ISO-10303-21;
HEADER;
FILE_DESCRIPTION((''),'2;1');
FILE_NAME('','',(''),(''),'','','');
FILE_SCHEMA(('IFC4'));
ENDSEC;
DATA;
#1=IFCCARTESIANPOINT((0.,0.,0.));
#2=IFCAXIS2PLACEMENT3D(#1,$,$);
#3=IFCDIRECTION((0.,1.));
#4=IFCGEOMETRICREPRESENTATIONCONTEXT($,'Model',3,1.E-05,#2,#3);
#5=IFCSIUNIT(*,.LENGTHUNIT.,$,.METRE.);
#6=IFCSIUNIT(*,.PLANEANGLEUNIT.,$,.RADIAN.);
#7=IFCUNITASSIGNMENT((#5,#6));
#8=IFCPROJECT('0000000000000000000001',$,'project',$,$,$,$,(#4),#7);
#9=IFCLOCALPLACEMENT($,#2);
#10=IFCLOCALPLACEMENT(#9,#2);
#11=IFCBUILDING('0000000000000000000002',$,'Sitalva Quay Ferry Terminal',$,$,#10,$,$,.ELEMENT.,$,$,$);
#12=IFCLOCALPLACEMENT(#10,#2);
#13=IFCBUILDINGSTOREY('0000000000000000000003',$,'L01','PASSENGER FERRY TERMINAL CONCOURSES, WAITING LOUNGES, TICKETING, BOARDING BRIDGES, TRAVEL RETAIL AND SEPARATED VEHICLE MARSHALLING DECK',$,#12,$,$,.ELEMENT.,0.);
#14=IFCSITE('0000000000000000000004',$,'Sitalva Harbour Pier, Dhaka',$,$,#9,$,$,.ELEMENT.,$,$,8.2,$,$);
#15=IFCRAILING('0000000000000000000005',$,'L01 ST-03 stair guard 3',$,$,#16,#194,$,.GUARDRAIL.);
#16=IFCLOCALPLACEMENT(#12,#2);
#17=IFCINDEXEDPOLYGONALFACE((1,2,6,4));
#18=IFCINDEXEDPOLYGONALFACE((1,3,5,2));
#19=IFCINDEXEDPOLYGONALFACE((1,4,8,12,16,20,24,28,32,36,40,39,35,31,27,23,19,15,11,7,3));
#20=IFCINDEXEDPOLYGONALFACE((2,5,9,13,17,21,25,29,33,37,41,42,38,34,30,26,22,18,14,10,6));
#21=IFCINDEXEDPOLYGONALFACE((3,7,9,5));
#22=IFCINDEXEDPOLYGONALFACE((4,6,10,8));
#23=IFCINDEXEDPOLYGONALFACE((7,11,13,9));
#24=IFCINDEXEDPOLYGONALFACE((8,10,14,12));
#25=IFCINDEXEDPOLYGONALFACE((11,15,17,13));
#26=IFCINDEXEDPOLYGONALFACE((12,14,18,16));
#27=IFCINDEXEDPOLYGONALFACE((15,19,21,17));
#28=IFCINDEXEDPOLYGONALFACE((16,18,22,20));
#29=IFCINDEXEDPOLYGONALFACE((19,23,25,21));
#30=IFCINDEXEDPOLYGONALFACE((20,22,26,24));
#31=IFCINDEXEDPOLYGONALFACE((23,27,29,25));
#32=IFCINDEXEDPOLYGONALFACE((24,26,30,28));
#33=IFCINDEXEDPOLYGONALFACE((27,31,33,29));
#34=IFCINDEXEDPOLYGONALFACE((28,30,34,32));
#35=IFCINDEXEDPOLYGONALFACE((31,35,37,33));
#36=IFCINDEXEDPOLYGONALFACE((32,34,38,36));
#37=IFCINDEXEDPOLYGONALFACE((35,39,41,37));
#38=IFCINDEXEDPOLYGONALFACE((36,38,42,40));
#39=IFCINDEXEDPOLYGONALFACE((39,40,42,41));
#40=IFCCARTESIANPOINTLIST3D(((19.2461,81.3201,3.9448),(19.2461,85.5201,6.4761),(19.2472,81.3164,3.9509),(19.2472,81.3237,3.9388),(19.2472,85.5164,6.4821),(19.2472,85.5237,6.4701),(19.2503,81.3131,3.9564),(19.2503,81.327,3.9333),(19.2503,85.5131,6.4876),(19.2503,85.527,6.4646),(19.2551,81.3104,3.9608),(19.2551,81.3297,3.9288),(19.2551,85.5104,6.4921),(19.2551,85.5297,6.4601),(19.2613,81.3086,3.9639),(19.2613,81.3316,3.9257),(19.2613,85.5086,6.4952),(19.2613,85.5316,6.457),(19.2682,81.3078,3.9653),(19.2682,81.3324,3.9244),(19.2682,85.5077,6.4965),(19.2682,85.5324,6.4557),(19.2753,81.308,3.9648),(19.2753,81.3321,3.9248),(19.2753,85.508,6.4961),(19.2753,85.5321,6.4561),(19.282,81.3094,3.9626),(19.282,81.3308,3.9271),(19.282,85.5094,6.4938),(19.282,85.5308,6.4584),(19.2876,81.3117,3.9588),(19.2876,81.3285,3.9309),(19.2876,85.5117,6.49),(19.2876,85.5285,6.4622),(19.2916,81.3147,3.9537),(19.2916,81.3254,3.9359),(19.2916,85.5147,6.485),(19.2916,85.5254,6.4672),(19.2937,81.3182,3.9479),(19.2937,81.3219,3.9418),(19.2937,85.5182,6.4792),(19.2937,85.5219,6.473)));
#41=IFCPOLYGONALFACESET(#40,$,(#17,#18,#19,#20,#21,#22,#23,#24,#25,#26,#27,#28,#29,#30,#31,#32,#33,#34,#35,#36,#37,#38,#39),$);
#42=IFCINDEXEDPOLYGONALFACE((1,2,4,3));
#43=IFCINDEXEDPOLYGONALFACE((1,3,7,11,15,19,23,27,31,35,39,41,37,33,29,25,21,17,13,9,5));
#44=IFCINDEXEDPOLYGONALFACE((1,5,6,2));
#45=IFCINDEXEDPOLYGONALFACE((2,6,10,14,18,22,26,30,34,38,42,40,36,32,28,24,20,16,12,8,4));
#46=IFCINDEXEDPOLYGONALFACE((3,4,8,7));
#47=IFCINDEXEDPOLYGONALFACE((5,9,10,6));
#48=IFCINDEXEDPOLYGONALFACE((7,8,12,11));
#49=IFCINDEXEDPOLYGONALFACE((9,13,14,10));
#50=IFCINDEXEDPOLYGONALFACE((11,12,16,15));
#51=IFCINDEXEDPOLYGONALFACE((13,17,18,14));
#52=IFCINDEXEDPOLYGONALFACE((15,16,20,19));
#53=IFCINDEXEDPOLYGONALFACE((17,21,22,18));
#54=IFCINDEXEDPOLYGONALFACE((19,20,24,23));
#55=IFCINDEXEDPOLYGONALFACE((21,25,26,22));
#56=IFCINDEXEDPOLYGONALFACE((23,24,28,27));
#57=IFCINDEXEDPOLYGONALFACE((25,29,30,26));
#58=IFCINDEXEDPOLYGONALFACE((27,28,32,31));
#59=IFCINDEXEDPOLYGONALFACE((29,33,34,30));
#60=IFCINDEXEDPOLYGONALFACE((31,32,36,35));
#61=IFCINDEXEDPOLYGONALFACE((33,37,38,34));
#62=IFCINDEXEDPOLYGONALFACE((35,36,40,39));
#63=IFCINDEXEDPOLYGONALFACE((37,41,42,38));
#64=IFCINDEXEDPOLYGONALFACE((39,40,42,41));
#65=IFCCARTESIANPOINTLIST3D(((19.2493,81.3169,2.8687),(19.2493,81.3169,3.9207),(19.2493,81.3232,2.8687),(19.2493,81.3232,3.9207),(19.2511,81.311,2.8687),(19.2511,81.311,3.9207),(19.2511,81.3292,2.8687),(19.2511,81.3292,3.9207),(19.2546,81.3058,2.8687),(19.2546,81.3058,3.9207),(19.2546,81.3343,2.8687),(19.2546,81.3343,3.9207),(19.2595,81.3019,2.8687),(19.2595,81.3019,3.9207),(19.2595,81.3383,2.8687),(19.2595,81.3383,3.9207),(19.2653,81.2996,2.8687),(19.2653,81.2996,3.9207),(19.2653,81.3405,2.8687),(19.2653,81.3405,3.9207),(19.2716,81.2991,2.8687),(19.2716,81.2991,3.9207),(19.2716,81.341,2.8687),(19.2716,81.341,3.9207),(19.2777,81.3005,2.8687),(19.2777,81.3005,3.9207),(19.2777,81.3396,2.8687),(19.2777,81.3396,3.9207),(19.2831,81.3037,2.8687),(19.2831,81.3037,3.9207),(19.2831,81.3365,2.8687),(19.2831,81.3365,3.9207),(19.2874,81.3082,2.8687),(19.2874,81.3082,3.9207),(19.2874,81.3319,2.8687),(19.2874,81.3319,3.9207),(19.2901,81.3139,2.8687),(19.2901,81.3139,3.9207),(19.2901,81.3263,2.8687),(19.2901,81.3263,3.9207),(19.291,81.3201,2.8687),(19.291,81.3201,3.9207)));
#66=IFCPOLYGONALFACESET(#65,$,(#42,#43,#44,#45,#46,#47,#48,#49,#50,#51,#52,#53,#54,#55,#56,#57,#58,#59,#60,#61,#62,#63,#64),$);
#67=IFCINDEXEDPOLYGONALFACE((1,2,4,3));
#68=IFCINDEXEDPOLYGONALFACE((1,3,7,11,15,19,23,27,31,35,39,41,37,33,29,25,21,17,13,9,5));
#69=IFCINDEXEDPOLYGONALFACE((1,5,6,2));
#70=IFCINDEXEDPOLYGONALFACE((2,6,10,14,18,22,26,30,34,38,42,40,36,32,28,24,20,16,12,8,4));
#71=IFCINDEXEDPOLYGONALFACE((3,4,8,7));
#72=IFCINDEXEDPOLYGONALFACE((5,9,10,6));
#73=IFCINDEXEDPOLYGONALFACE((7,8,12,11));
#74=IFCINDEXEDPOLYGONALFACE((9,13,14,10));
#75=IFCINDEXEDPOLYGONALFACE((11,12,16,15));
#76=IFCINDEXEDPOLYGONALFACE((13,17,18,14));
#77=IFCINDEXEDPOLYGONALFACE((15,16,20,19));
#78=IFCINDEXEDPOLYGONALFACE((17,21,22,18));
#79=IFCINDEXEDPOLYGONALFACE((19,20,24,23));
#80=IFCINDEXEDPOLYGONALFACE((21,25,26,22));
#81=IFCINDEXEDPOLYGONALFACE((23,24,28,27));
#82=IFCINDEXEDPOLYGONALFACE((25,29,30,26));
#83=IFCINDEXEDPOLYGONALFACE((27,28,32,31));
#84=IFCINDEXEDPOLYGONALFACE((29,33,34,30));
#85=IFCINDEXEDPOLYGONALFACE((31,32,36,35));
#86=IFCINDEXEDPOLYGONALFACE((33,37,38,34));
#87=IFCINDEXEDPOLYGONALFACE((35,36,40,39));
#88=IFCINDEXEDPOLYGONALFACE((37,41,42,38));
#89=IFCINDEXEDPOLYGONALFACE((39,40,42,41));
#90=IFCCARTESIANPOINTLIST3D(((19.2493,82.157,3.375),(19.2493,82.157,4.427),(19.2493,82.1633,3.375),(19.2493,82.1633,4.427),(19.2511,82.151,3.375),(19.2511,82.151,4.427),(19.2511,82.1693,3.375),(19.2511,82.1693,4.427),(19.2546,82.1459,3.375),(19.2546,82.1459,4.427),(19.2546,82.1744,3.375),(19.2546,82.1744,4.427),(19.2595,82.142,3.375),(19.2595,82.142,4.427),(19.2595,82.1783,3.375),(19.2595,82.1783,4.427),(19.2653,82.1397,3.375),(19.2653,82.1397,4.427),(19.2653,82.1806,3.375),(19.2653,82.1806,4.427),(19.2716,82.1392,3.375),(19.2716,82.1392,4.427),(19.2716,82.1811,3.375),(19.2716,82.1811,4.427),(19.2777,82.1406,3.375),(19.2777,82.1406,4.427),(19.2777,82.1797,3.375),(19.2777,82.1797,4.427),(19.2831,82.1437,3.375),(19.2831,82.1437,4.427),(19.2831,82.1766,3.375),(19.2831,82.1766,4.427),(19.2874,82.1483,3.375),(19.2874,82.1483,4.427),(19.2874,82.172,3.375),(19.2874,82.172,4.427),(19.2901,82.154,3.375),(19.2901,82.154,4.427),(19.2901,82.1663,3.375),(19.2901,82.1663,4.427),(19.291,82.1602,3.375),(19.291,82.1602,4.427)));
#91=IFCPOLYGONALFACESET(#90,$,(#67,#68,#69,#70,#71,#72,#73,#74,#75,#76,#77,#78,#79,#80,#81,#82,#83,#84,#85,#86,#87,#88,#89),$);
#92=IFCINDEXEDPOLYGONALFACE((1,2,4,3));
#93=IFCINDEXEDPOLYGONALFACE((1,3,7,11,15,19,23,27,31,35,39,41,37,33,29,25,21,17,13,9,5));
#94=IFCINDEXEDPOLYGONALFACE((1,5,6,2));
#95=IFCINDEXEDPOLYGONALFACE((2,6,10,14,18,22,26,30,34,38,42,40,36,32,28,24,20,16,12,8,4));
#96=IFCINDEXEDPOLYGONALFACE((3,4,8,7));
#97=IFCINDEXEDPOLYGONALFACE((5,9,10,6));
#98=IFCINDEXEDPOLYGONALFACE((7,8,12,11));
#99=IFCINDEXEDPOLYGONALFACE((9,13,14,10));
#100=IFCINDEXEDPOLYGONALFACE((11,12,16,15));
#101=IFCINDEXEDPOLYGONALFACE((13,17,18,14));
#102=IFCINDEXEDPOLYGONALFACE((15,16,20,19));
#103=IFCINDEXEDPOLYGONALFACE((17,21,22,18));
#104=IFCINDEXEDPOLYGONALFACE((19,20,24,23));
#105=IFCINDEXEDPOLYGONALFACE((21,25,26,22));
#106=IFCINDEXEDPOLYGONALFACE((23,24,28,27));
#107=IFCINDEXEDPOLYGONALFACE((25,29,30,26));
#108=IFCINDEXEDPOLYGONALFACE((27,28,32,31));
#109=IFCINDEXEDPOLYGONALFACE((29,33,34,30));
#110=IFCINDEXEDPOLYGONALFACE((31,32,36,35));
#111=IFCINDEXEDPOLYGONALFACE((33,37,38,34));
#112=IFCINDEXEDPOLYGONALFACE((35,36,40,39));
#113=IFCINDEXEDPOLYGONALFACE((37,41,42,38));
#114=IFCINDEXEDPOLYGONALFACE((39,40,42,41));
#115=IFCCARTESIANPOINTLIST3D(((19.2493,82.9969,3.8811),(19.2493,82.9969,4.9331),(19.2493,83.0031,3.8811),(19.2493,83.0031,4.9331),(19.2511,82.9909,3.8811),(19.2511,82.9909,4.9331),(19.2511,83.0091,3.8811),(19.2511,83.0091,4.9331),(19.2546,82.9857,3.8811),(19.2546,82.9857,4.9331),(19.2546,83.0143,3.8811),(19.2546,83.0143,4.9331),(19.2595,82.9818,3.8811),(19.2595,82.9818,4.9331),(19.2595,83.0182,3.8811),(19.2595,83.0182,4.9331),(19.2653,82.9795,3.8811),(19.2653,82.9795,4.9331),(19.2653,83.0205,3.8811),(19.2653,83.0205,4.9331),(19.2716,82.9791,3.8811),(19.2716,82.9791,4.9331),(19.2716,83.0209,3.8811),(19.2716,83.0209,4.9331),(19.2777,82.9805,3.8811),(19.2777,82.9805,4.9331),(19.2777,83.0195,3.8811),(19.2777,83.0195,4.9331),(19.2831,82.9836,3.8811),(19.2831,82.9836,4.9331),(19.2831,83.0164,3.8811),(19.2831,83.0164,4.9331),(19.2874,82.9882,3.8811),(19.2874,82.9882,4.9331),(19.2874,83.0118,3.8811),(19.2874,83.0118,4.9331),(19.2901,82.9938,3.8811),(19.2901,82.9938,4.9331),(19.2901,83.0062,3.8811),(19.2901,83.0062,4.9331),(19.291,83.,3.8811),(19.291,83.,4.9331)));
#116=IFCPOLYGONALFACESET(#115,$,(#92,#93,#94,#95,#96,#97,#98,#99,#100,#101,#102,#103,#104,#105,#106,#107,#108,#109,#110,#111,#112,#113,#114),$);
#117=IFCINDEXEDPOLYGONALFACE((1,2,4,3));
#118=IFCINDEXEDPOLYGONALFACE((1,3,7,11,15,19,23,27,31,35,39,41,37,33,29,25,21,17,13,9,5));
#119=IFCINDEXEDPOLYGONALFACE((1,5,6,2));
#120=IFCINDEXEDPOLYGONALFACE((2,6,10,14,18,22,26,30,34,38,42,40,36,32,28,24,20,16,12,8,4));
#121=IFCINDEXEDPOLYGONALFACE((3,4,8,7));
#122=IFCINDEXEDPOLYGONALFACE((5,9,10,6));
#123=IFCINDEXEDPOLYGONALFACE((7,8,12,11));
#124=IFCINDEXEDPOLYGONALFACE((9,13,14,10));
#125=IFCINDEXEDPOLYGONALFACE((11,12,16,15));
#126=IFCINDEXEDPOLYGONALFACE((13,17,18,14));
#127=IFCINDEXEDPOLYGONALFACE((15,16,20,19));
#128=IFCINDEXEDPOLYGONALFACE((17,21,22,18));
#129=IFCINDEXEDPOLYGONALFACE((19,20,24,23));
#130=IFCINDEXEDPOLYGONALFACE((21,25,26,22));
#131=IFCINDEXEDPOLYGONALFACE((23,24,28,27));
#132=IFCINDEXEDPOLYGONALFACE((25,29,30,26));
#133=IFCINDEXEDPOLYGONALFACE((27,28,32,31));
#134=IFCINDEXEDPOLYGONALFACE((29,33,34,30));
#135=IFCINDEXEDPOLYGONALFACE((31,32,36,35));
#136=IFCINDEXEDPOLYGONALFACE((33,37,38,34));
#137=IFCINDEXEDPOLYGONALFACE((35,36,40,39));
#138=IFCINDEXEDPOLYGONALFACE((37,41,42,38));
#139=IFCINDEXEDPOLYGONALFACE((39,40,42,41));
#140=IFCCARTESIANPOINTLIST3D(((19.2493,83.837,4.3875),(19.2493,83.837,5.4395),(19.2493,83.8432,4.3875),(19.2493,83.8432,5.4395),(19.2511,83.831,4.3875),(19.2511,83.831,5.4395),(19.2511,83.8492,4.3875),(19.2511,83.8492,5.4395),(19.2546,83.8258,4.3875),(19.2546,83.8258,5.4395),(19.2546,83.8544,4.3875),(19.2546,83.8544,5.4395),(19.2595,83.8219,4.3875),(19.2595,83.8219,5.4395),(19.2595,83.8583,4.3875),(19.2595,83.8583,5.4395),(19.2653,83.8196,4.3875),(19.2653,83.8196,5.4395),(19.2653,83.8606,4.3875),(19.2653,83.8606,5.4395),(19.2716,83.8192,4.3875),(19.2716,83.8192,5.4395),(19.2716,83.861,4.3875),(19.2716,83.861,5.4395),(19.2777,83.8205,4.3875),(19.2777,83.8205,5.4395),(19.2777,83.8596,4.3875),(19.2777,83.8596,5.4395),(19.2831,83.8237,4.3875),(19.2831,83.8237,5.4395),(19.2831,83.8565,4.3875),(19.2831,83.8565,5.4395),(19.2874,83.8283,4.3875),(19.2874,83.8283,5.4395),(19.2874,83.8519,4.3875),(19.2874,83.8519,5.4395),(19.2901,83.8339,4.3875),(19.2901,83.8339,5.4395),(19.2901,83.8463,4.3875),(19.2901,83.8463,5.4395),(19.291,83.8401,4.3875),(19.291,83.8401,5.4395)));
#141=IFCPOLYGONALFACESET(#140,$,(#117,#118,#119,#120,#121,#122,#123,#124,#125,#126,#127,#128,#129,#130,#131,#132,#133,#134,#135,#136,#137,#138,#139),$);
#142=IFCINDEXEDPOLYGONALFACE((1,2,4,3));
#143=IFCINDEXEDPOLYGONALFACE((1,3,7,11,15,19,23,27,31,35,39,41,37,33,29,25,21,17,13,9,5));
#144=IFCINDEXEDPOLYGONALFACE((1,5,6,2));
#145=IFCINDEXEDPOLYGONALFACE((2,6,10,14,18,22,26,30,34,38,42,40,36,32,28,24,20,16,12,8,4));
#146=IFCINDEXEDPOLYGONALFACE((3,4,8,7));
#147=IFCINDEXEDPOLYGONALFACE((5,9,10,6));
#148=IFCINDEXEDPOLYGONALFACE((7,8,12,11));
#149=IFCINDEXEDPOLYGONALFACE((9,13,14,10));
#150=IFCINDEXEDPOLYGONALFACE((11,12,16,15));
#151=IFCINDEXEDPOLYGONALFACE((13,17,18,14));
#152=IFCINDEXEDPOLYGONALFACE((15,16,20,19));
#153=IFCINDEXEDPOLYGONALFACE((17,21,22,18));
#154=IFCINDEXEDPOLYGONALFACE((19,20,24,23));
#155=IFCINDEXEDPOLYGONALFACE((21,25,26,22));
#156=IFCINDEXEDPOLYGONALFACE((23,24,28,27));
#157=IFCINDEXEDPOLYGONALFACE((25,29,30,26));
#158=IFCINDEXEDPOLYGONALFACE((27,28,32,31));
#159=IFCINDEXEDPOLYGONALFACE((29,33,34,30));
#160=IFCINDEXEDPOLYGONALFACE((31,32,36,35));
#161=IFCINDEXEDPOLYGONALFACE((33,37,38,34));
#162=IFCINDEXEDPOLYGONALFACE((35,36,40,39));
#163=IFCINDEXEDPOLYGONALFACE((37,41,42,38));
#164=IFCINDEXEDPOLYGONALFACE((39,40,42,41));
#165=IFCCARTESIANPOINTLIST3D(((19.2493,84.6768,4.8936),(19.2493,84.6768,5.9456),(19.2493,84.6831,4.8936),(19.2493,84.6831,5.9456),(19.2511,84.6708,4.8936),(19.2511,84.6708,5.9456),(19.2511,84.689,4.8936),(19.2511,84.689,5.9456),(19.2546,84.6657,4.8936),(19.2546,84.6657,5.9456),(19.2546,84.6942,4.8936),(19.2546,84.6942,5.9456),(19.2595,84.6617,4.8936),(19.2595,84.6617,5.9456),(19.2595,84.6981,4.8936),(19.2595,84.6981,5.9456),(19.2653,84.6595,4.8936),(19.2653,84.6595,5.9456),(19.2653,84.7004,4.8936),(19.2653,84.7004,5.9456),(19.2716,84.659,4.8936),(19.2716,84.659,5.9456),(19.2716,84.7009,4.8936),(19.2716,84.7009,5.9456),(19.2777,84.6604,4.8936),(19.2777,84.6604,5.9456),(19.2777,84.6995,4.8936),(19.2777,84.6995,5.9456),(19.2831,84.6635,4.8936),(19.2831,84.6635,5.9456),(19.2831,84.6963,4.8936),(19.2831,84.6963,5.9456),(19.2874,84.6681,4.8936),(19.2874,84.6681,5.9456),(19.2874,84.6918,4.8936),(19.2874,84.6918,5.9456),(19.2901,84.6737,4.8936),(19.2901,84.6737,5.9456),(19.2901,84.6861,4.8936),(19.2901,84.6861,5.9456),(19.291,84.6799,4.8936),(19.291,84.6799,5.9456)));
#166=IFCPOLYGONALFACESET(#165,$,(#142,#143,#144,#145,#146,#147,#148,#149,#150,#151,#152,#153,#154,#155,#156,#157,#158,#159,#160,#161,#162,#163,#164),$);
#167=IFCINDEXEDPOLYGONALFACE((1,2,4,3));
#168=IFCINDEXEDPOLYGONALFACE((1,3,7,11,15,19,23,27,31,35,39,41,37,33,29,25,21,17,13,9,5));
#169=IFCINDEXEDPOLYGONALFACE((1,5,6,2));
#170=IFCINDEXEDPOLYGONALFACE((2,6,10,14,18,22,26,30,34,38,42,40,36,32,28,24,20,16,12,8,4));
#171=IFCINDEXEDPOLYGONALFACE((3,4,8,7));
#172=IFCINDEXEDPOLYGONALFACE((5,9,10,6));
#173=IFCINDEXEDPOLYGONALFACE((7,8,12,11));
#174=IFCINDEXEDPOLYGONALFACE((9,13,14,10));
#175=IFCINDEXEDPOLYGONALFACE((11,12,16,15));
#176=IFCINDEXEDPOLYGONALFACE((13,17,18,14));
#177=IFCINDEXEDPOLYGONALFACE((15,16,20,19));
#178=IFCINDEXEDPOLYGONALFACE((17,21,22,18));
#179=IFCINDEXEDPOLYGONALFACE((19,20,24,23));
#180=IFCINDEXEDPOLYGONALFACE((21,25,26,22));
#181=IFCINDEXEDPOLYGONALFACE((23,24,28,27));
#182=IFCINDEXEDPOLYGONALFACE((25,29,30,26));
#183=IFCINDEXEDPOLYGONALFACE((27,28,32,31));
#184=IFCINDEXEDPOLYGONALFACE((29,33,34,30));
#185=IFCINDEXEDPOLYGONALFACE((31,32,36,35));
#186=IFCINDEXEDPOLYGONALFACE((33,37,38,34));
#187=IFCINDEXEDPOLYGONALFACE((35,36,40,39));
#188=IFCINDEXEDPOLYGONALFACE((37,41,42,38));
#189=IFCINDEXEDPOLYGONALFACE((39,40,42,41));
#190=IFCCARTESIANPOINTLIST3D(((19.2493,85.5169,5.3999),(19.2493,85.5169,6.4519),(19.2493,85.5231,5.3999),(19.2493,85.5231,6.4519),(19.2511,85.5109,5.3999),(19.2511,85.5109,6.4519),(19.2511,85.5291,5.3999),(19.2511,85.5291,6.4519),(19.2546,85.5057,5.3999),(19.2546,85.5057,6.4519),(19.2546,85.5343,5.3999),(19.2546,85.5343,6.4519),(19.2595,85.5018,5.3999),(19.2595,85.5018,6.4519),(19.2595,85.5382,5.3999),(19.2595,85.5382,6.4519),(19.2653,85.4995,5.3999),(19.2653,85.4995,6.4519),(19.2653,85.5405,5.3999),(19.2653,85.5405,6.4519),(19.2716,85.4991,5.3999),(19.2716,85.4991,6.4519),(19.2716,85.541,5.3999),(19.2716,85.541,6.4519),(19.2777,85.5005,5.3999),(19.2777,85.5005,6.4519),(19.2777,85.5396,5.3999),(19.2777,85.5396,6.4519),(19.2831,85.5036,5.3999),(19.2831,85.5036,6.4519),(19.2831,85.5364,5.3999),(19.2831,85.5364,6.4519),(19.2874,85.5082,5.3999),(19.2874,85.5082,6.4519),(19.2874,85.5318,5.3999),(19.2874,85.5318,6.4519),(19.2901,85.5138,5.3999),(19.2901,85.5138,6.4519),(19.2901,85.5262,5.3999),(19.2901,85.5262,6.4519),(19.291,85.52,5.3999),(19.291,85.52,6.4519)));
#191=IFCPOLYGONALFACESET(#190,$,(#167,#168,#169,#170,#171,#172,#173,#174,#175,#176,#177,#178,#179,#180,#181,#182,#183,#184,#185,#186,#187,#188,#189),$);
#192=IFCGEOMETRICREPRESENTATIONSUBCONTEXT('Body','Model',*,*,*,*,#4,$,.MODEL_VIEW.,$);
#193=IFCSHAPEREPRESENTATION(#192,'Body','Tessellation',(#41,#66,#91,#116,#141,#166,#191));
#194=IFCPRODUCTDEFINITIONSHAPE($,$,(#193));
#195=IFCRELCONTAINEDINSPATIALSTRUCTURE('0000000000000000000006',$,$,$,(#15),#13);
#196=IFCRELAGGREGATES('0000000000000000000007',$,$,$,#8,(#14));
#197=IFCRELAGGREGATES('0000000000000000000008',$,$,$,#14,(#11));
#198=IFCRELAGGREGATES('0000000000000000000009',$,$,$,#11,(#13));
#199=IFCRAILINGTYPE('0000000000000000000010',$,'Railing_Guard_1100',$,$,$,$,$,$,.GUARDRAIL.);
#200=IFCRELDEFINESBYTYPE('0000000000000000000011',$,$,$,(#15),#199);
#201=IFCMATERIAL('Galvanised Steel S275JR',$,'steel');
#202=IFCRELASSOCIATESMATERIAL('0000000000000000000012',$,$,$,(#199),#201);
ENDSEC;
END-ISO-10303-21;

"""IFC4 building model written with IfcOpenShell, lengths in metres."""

from ifc_helpers import new_model, si_unit, direction, frame, origin, origin_2d, place, context, subcontext, project, spatial, circle, extrude, material, type_object, element, save


model = new_model("IFC4")

# Units and contexts
model_context = context("Model", 3, precision=1e-05, world=origin(), true_north=direction((0.0, 1.0)))
body_context = subcontext(model_context, "Body", "Model", "MODEL_VIEW")
ifc_project = project(units=[si_unit("LENGTHUNIT", "METRE"), si_unit("PLANEANGLEUNIT", "RADIAN")], contexts=[model_context])

# Site, building, storey
site_placement = place(None, origin())
site = spatial("IfcSite", under=ifc_project, at=site_placement, Name="Sitalva Harbour Pier, Dhaka", CompositionType="ELEMENT", RefElevation=8.2)
building_placement = place(site_placement, origin())
building = spatial("IfcBuilding", under=site, at=building_placement, Name="Sitalva Quay Ferry Terminal", CompositionType="ELEMENT")
storey_placement = place(building_placement, origin())
storey = spatial("IfcBuildingStorey", under=building, at=storey_placement, Name="L01", Description="PASSENGER FERRY TERMINAL CONCOURSES, WAITING LOUNGES, TICKETING, BOARDING BRIDGES, TRAVEL RETAIL AND SEPARATED VEHICLE MARSHALLING DECK", CompositionType="ELEMENT", Elevation=0.0)

# Railing
ifc_material_1 = material(Name="Galvanised Steel S275JR", Category="steel")
railing_type_1 = type_object("IfcRailingType", Name="Railing_Guard_1100", PredefinedType="GUARDRAIL", material=ifc_material_1)
railing_1_placement = place(storey_placement, frame((19.27, 81.3201, 2.8687)))
element("IfcRailing", 1, at=railing_1_placement, inside=storey, type_object=railing_type_1, Name="L01 ST-03 stair guard 3", PredefinedType="GUARDRAIL", context=body_context, shape_type="SweptSolid", body=[
    extrude(circle(Radius=0.0239, at=origin_2d()), frame((0.0, 0.0, 1.0762), z_axis=(0.0, 0.856476, 0.516186), x_axis=(-1.0, 0.0, 0.0)), (0.0, 0.0, 1.0), 4.9038),
    extrude(circle(Radius=0.021, at=origin_2d()), origin(), (0.0, 0.0, 1.0), 1.052),
    extrude(circle(Radius=0.021, at=origin_2d()), frame((0.0, 0.8401, 0.5063)), (0.0, 0.0, 1.0), 1.052),
    extrude(circle(Radius=0.021, at=origin_2d()), frame((0.0, 1.6799, 1.0125)), (0.0, 0.0, 1.0), 1.052),
    extrude(circle(Radius=0.021, at=origin_2d()), frame((0.0, 2.52, 1.5188)), (0.0, 0.0, 1.0), 1.052),
    extrude(circle(Radius=0.021, at=origin_2d()), frame((0.0, 3.3599, 2.0249)), (0.0, 0.0, 1.0), 1.052),
    extrude(circle(Radius=0.021, at=origin_2d()), frame((0.0, 4.2, 2.5312)), (0.0, 0.0, 1.0), 1.052),
])

save(model, "model.ifc")
